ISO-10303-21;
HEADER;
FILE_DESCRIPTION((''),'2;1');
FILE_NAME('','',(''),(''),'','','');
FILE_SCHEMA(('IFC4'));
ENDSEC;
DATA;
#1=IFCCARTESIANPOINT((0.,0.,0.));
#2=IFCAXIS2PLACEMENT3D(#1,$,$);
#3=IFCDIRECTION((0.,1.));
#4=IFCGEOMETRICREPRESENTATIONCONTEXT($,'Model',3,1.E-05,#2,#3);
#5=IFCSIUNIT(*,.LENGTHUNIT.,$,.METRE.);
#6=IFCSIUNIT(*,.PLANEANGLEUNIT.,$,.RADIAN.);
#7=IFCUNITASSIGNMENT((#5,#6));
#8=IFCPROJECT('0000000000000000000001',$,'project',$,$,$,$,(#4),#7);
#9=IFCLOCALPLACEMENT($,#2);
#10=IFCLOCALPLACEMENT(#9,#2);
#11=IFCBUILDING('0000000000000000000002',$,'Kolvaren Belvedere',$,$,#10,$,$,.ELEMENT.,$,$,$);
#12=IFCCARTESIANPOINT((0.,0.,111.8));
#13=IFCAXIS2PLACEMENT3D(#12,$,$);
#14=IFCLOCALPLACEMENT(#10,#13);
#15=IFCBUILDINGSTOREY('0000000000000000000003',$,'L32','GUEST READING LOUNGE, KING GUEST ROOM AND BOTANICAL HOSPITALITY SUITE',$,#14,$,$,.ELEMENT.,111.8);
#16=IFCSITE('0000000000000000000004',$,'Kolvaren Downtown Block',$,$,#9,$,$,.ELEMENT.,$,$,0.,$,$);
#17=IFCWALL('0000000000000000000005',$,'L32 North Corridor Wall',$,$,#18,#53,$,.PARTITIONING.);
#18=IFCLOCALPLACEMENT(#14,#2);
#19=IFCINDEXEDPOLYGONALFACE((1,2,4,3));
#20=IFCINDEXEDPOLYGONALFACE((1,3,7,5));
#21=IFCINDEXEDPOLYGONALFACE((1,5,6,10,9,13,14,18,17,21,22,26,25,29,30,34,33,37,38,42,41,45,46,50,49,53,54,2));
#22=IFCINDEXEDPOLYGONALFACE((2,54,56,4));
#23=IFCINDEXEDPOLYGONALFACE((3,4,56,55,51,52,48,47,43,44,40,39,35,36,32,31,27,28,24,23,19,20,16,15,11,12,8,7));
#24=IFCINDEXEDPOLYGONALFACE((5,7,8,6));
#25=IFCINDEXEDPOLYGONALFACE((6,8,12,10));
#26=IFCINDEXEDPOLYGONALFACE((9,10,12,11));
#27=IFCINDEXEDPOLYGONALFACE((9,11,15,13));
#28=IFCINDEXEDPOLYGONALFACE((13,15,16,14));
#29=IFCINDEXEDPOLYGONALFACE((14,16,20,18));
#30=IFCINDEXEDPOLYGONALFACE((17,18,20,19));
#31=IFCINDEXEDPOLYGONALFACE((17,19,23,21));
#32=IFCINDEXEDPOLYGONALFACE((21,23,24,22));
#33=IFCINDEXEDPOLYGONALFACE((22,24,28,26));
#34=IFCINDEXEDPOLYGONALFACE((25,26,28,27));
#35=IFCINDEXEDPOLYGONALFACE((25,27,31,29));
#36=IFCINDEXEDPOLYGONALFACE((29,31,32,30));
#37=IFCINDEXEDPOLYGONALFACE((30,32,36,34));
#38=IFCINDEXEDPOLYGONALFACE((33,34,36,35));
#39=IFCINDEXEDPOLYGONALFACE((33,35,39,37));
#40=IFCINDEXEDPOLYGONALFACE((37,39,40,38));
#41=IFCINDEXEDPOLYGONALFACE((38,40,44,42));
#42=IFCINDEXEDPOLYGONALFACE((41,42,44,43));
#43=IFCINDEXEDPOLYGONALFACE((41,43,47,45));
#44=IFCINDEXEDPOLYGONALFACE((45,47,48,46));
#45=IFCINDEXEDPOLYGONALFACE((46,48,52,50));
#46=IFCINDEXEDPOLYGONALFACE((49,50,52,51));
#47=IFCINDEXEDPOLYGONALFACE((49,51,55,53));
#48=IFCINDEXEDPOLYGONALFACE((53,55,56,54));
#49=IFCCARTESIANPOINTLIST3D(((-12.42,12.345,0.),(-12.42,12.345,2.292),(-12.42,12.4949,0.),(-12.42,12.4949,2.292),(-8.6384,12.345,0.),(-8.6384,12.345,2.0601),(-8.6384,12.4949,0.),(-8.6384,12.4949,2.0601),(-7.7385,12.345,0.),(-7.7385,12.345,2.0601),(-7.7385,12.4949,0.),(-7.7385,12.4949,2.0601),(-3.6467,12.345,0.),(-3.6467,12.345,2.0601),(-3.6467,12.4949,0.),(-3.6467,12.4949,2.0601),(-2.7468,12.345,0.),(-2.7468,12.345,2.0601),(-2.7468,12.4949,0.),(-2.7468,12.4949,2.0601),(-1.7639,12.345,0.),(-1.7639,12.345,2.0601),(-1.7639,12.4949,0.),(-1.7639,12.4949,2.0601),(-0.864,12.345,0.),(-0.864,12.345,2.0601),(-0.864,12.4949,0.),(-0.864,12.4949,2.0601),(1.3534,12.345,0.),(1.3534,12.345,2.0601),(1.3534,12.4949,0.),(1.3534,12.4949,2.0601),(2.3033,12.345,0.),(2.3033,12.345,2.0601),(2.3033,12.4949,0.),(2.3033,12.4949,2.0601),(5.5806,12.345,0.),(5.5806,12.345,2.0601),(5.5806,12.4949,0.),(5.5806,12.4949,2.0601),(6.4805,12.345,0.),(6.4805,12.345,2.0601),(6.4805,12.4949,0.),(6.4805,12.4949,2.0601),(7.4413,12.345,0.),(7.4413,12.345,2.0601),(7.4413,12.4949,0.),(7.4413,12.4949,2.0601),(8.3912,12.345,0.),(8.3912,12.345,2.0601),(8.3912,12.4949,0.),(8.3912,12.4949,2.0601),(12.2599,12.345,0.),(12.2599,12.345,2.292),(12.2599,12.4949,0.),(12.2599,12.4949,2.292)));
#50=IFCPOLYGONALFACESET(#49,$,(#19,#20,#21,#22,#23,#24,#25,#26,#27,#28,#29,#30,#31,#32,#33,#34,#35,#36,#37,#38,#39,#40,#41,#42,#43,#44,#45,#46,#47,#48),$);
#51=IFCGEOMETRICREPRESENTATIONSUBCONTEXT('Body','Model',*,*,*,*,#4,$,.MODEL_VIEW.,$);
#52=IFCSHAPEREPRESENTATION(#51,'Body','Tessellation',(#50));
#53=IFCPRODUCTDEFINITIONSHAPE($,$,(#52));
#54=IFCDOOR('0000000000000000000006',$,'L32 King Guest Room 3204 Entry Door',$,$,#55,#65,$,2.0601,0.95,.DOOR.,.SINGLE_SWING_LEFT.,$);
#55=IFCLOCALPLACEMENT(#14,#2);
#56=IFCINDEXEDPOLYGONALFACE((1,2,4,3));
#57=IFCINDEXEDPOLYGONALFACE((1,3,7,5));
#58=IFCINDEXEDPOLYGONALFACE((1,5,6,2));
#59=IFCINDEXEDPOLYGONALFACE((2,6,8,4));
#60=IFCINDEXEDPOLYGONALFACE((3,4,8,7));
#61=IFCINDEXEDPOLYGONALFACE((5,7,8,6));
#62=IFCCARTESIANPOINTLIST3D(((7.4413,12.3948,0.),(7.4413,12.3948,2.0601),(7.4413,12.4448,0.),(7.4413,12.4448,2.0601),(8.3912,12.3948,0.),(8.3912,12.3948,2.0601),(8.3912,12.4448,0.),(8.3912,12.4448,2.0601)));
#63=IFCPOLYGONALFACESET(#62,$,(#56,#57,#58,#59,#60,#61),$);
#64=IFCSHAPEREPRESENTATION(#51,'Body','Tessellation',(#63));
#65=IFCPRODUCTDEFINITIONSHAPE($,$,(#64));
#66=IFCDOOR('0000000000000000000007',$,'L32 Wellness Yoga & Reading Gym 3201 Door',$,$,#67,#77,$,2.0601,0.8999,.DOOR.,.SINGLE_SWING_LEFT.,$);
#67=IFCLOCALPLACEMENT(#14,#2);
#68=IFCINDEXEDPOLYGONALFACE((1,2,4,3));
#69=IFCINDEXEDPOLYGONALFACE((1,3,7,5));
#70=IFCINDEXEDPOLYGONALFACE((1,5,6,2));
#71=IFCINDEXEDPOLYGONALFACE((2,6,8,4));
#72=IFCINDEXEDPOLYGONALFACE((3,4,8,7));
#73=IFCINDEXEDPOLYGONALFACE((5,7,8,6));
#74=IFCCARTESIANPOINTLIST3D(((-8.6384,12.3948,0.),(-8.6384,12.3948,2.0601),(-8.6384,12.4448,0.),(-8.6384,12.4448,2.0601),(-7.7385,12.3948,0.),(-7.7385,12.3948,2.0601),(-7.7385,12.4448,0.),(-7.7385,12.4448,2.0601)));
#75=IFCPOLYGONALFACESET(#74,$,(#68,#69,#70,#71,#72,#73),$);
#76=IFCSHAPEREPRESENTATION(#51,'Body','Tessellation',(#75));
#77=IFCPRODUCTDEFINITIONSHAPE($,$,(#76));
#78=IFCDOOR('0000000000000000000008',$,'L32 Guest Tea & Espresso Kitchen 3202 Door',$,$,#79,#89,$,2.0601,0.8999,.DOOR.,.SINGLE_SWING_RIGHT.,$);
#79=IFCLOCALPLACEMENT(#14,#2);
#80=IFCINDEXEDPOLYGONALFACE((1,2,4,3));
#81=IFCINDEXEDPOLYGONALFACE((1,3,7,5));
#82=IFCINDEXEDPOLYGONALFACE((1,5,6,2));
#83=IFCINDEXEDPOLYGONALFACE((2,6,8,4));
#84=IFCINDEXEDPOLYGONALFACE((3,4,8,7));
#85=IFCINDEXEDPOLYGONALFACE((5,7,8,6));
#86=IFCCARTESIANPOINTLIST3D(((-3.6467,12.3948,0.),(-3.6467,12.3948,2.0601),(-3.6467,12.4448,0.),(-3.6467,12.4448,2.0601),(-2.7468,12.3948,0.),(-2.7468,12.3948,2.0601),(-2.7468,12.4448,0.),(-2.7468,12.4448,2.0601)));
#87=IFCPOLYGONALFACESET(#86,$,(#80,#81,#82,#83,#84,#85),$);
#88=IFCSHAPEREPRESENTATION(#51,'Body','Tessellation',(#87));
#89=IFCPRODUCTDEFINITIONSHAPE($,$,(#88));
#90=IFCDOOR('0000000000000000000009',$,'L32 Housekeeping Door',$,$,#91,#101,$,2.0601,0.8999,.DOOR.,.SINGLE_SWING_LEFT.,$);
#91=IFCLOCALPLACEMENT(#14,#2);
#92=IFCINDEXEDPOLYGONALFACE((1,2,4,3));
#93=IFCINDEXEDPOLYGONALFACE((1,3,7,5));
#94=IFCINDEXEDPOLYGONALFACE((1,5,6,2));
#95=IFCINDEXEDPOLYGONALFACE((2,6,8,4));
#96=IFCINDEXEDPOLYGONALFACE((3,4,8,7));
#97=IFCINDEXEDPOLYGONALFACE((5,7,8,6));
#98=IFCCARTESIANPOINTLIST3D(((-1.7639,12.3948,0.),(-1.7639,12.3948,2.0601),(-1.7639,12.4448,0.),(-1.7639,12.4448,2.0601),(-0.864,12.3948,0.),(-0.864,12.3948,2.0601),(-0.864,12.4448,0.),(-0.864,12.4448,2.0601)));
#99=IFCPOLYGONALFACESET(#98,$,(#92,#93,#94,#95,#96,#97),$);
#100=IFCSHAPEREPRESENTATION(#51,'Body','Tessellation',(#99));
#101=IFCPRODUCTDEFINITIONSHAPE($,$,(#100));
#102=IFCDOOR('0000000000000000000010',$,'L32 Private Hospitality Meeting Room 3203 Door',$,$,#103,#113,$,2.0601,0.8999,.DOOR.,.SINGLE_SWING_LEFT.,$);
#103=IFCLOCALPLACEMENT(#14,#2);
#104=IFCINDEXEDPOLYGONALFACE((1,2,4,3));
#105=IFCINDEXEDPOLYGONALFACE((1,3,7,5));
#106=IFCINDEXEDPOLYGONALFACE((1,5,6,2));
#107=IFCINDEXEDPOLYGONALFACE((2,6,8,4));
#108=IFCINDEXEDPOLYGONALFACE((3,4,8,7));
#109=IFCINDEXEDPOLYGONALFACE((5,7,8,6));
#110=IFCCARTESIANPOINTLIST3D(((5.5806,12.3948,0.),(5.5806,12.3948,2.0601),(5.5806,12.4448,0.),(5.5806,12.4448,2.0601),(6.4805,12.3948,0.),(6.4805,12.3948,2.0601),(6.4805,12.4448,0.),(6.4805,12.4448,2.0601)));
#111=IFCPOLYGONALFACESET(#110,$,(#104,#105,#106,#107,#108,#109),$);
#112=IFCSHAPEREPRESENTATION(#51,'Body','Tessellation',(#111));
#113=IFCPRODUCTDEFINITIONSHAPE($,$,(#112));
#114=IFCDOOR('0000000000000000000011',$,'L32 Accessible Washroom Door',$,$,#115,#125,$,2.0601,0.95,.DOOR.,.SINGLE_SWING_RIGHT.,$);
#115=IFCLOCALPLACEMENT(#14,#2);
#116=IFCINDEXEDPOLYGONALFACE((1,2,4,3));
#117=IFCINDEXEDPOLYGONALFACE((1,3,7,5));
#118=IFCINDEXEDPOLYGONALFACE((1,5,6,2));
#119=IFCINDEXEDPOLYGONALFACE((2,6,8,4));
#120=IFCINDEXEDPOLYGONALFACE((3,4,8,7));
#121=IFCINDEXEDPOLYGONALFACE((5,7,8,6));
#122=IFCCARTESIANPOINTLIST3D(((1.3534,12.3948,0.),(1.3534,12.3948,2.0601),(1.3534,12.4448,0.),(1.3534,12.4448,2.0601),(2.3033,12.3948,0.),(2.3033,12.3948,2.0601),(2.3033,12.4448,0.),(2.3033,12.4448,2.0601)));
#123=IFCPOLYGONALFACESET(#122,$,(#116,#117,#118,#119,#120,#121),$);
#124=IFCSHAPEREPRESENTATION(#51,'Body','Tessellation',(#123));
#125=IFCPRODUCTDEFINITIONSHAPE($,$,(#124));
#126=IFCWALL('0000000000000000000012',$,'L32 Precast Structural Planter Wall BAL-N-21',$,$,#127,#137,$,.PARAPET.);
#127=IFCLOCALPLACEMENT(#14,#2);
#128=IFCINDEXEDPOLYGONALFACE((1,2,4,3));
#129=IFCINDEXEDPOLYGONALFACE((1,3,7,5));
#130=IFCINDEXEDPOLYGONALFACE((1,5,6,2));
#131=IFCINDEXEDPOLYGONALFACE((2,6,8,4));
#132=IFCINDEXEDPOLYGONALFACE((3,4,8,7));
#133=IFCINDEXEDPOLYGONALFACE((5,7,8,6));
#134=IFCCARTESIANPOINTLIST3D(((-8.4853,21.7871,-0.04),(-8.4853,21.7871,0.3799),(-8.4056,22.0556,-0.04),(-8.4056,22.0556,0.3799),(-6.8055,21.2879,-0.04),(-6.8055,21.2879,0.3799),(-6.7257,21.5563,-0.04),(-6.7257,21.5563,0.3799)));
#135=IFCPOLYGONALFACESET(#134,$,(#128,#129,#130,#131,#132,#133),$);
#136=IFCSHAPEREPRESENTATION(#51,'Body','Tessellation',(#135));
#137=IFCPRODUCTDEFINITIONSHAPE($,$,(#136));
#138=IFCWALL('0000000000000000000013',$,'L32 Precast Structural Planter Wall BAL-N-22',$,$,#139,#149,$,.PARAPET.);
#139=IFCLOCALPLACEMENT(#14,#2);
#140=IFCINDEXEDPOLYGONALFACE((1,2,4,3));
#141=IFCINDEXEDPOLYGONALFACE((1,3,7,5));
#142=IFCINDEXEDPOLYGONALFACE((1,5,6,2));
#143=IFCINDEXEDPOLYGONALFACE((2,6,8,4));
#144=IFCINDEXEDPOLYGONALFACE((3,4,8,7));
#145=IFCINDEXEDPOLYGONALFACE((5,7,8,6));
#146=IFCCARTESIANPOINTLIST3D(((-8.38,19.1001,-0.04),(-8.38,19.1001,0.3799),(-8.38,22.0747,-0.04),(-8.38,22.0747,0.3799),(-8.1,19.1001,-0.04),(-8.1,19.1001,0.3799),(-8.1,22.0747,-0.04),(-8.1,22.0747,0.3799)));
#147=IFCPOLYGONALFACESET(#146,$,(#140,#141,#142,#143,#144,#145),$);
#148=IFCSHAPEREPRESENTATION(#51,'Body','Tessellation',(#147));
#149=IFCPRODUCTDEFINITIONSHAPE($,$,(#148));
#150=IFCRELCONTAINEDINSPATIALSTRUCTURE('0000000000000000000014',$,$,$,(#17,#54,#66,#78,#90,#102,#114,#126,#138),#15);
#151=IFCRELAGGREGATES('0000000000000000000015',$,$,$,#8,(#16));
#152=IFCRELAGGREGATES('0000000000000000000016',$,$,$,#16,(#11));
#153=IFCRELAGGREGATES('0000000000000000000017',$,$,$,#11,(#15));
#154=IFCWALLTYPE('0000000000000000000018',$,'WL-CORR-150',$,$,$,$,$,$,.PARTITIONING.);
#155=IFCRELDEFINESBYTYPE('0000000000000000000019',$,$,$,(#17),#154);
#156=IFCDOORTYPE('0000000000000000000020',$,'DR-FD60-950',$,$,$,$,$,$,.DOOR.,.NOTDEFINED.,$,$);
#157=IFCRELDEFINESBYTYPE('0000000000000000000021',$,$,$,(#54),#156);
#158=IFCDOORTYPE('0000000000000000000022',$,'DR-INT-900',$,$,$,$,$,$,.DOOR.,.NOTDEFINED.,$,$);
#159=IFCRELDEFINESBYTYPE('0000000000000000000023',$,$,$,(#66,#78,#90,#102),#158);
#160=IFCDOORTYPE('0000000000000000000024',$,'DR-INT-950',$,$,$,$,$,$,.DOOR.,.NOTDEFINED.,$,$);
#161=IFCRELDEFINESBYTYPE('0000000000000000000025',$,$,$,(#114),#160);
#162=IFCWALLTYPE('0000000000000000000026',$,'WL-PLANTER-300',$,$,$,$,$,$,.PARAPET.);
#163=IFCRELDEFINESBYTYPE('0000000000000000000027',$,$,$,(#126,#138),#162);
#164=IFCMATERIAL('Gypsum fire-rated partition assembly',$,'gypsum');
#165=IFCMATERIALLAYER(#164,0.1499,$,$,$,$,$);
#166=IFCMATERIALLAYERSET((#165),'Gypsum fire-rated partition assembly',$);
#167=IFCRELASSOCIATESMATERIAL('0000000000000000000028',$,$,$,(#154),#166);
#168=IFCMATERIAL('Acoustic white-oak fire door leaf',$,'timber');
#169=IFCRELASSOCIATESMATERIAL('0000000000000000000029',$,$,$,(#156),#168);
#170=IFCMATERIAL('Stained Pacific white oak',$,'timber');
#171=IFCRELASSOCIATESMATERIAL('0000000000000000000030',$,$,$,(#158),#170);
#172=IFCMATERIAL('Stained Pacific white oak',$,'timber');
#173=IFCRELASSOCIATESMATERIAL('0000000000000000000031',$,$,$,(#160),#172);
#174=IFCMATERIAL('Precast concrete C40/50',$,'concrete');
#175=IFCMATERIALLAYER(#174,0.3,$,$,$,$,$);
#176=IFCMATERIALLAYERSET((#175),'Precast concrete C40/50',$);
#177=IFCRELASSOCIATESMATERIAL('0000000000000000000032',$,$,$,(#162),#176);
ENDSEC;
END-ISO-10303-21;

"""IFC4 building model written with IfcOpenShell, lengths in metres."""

from ifc_helpers import new_model, si_unit, direction, frame, frame_2d, origin, place, context, subcontext, project, spatial, rectangle, extrude, material, layer, layer_set, type_object, element, fill, save


model = new_model("IFC4")

# Units and contexts
model_context = context("Model", 3, precision=1e-05, world=origin(), true_north=direction((0.0, 1.0)))
body_context = subcontext(model_context, "Body", "Model", "MODEL_VIEW")
ifc_project = project(units=[si_unit("LENGTHUNIT", "METRE"), si_unit("PLANEANGLEUNIT", "RADIAN")], contexts=[model_context])

# Site, building, storey
site_placement = place(None, origin())
site = spatial("IfcSite", under=ifc_project, at=site_placement, Name="Kolvaren Downtown Block", CompositionType="ELEMENT", RefElevation=0.0)
building_placement = place(site_placement, origin())
building = spatial("IfcBuilding", under=site, at=building_placement, Name="Kolvaren Belvedere", CompositionType="ELEMENT")
storey_placement = place(building_placement, frame((0.0, 0.0, 111.8)))
storey = spatial("IfcBuildingStorey", under=building, at=storey_placement, Name="L32", Description="GUEST READING LOUNGE, KING GUEST ROOM AND BOTANICAL HOSPITALITY SUITE", CompositionType="ELEMENT", Elevation=111.8)

# Wall, openings, doors
ifc_material_1 = material(Name="Gypsum fire-rated partition assembly", Category="gypsum")
ifc_layer_1 = layer(ifc_material_1, 0.1499)
ifc_layer_set_1 = layer_set([ifc_layer_1], Name="Gypsum fire-rated partition assembly")
wall_type_1 = type_object("IfcWallType", Name="WL-CORR-150", PredefinedType="PARTITIONING", material=ifc_layer_set_1)
wall_1_placement = place(storey_placement, frame((-12.4199, 12.4199, 0.0), z_axis=(0.0, 0.0, 1.0), x_axis=(1.0, 0.0, 0.0)))
wall_1 = element("IfcWall", 1, at=wall_1_placement, inside=storey, type_object=wall_type_1, Name="L32 North Corridor Wall", PredefinedType="PARTITIONING", context=body_context, shape_type="SweptSolid", body=[
    extrude(rectangle(XDim=24.6799, YDim=0.1499, at=frame_2d((12.3398, 0.0))), origin(), (0.0, 0.0, 1.0), 2.292),
])
opening_1_placement = place(wall_1_placement, frame((3.7815, 0.0, 0.0)))
opening_1 = element("IfcOpeningElement", 2, at=opening_1_placement, cuts=wall_1, PredefinedType="OPENING", context=body_context, shape_type="SweptSolid", body=[
    extrude(rectangle(XDim=0.8999, YDim=2.0601, at=frame_2d((0.45, 1.03))), frame((0.0, 0.085, 0.0), z_axis=(0.0, -1.0, 0.0), x_axis=(1.0, 0.0, 0.0)), (0.0, 0.0, 1.0), 0.1699),
])
opening_2_placement = place(wall_1_placement, frame((8.7732, 0.0, 0.0)))
opening_2 = element("IfcOpeningElement", 3, at=opening_2_placement, cuts=wall_1, PredefinedType="OPENING", context=body_context, shape_type="SweptSolid", body=[
    extrude(rectangle(XDim=0.8999, YDim=2.0601, at=frame_2d((0.45, 1.03))), frame((0.0, 0.085, 0.0), z_axis=(0.0, -1.0, 0.0), x_axis=(1.0, 0.0, 0.0)), (0.0, 0.0, 1.0), 0.1699),
])
opening_3_placement = place(wall_1_placement, frame((10.656, 0.0, 0.0)))
opening_3 = element("IfcOpeningElement", 4, at=opening_3_placement, cuts=wall_1, PredefinedType="OPENING", context=body_context, shape_type="SweptSolid", body=[
    extrude(rectangle(XDim=0.8999, YDim=2.0601, at=frame_2d((0.45, 1.03))), frame((0.0, 0.085, 0.0), z_axis=(0.0, -1.0, 0.0), x_axis=(1.0, 0.0, 0.0)), (0.0, 0.0, 1.0), 0.1699),
])
opening_4_placement = place(wall_1_placement, frame((13.7732, 0.0, 0.0)))
opening_4 = element("IfcOpeningElement", 5, at=opening_4_placement, cuts=wall_1, PredefinedType="OPENING", context=body_context, shape_type="SweptSolid", body=[
    extrude(rectangle(XDim=0.95, YDim=2.0601, at=frame_2d((0.4751, 1.03))), frame((0.0, 0.085, 0.0), z_axis=(0.0, -1.0, 0.0), x_axis=(1.0, 0.0, 0.0)), (0.0, 0.0, 1.0), 0.1699),
])
opening_5_placement = place(wall_1_placement, frame((18.0005, 0.0, 0.0)))
opening_5 = element("IfcOpeningElement", 6, at=opening_5_placement, cuts=wall_1, PredefinedType="OPENING", context=body_context, shape_type="SweptSolid", body=[
    extrude(rectangle(XDim=0.8999, YDim=2.0601, at=frame_2d((0.45, 1.03))), frame((0.0, 0.085, 0.0), z_axis=(0.0, -1.0, 0.0), x_axis=(1.0, 0.0, 0.0)), (0.0, 0.0, 1.0), 0.1699),
])
opening_6_placement = place(wall_1_placement, frame((19.8611, 0.0, 0.0)))
opening_6 = element("IfcOpeningElement", 7, at=opening_6_placement, cuts=wall_1, PredefinedType="OPENING", context=body_context, shape_type="SweptSolid", body=[
    extrude(rectangle(XDim=0.95, YDim=2.0601, at=frame_2d((0.4751, 1.03))), frame((0.0, 0.085, 0.0), z_axis=(0.0, -1.0, 0.0), x_axis=(1.0, 0.0, 0.0)), (0.0, 0.0, 1.0), 0.1699),
])
ifc_material_2 = material(Name="Acoustic white-oak fire door leaf", Category="timber")
door_type_1 = type_object("IfcDoorType", Name="DR-FD60-950", OperationType="NOTDEFINED", PredefinedType="DOOR", material=ifc_material_2)
door_1_placement = place(opening_6_placement, origin())
door_1 = element("IfcDoor", 8, at=door_1_placement, inside=storey, type_object=door_type_1, Name="L32 King Guest Room 3204 Entry Door", OperationType="SINGLE_SWING_LEFT", OverallHeight=2.0601, OverallWidth=0.95, PredefinedType="DOOR", context=body_context, shape_type="SweptSolid", body=[
    extrude(rectangle(XDim=0.95, YDim=2.0601, at=frame_2d((0.4751, 1.03))), frame((0.0, 0.0249, 0.0), z_axis=(0.0, -1.0, 0.0), x_axis=(1.0, 0.0, 0.0)), (0.0, 0.0, 1.0), 0.05),
])
fill(opening_6, door_1)
ifc_material_3 = material(Name="Stained Pacific white oak", Category="timber")
door_type_2 = type_object("IfcDoorType", Name="DR-INT-900", OperationType="NOTDEFINED", PredefinedType="DOOR", material=ifc_material_3)
door_2_placement = place(opening_1_placement, origin())
door_2 = element("IfcDoor", 9, at=door_2_placement, inside=storey, type_object=door_type_2, Name="L32 Wellness Yoga & Reading Gym 3201 Door", OperationType="SINGLE_SWING_LEFT", OverallHeight=2.0601, OverallWidth=0.8999, PredefinedType="DOOR", context=body_context, shape_type="SweptSolid", body=[
    extrude(rectangle(XDim=0.8999, YDim=2.0601, at=frame_2d((0.45, 1.03))), frame((0.0, 0.0249, 0.0), z_axis=(0.0, -1.0, 0.0), x_axis=(1.0, 0.0, 0.0)), (0.0, 0.0, 1.0), 0.05),
])
fill(opening_1, door_2)
door_3_placement = place(opening_2_placement, origin())
door_3 = element("IfcDoor", 10, at=door_3_placement, inside=storey, type_object=door_type_2, Name="L32 Guest Tea & Espresso Kitchen 3202 Door", OperationType="SINGLE_SWING_RIGHT", OverallHeight=2.0601, OverallWidth=0.8999, PredefinedType="DOOR", context=body_context, shape_type="SweptSolid", body=[
    extrude(rectangle(XDim=0.8999, YDim=2.0601, at=frame_2d((0.45, 1.03))), frame((0.0, 0.0249, 0.0), z_axis=(0.0, -1.0, 0.0), x_axis=(1.0, 0.0, 0.0)), (0.0, 0.0, 1.0), 0.05),
])
fill(opening_2, door_3)
door_4_placement = place(opening_3_placement, origin())
door_4 = element("IfcDoor", 11, at=door_4_placement, inside=storey, type_object=door_type_2, Name="L32 Housekeeping Door", OperationType="SINGLE_SWING_LEFT", OverallHeight=2.0601, OverallWidth=0.8999, PredefinedType="DOOR", context=body_context, shape_type="SweptSolid", body=[
    extrude(rectangle(XDim=0.8999, YDim=2.0601, at=frame_2d((0.45, 1.03))), frame((0.0, 0.0249, 0.0), z_axis=(0.0, -1.0, 0.0), x_axis=(1.0, 0.0, 0.0)), (0.0, 0.0, 1.0), 0.05),
])
fill(opening_3, door_4)
door_5_placement = place(opening_5_placement, origin())
door_5 = element("IfcDoor", 12, at=door_5_placement, inside=storey, type_object=door_type_2, Name="L32 Private Hospitality Meeting Room 3203 Door", OperationType="SINGLE_SWING_LEFT", OverallHeight=2.0601, OverallWidth=0.8999, PredefinedType="DOOR", context=body_context, shape_type="SweptSolid", body=[
    extrude(rectangle(XDim=0.8999, YDim=2.0601, at=frame_2d((0.45, 1.03))), frame((0.0, 0.0249, 0.0), z_axis=(0.0, -1.0, 0.0), x_axis=(1.0, 0.0, 0.0)), (0.0, 0.0, 1.0), 0.05),
])
fill(opening_5, door_5)
ifc_material_4 = material(Name="Stained Pacific white oak", Category="timber")
door_type_3 = type_object("IfcDoorType", Name="DR-INT-950", OperationType="NOTDEFINED", PredefinedType="DOOR", material=ifc_material_4)
door_6_placement = place(opening_4_placement, origin())
door_6 = element("IfcDoor", 13, at=door_6_placement, inside=storey, type_object=door_type_3, Name="L32 Accessible Washroom Door", OperationType="SINGLE_SWING_RIGHT", OverallHeight=2.0601, OverallWidth=0.95, PredefinedType="DOOR", context=body_context, shape_type="SweptSolid", body=[
    extrude(rectangle(XDim=0.95, YDim=2.0601, at=frame_2d((0.4751, 1.03))), frame((0.0, 0.0249, 0.0), z_axis=(0.0, -1.0, 0.0), x_axis=(1.0, 0.0, 0.0)), (0.0, 0.0, 1.0), 0.05),
])
fill(opening_4, door_6)

# Walls
ifc_material_5 = material(Name="Precast concrete C40/50", Category="concrete")
ifc_layer_2 = layer(ifc_material_5, 0.3)
ifc_layer_set_2 = layer_set([ifc_layer_2], Name="Precast concrete C40/50")
wall_type_2 = type_object("IfcWallType", Name="WL-PLANTER-300", PredefinedType="PARAPET", material=ifc_layer_set_2)
wall_2_placement = place(storey_placement, frame((-6.7656, 21.4221, -0.04), z_axis=(0.0, 0.0, 1.0), x_axis=(-0.958563, 0.28488, 0.0)))
element("IfcWall", 14, at=wall_2_placement, inside=storey, type_object=wall_type_2, Name="L32 Precast Structural Planter Wall BAL-N-21", PredefinedType="PARAPET", context=body_context, shape_type="SweptSolid", body=[
    extrude(rectangle(XDim=1.7524, YDim=0.28, at=frame_2d((0.8762, 0.0))), origin(), (0.0, 0.0, 1.0), 0.4199),
])
wall_3_placement = place(storey_placement, frame((-8.24, 22.0747, -0.04), z_axis=(0.0, 0.0, 1.0), x_axis=(0.0, -1.0, 0.0)))
element("IfcWall", 15, at=wall_3_placement, inside=storey, type_object=wall_type_2, Name="L32 Precast Structural Planter Wall BAL-N-22", PredefinedType="PARAPET", context=body_context, shape_type="SweptSolid", body=[
    extrude(rectangle(XDim=2.9746, YDim=0.28, at=frame_2d((1.4873, 0.0))), origin(), (0.0, 0.0, 1.0), 0.4199),
])

save(model, "model.ifc")
